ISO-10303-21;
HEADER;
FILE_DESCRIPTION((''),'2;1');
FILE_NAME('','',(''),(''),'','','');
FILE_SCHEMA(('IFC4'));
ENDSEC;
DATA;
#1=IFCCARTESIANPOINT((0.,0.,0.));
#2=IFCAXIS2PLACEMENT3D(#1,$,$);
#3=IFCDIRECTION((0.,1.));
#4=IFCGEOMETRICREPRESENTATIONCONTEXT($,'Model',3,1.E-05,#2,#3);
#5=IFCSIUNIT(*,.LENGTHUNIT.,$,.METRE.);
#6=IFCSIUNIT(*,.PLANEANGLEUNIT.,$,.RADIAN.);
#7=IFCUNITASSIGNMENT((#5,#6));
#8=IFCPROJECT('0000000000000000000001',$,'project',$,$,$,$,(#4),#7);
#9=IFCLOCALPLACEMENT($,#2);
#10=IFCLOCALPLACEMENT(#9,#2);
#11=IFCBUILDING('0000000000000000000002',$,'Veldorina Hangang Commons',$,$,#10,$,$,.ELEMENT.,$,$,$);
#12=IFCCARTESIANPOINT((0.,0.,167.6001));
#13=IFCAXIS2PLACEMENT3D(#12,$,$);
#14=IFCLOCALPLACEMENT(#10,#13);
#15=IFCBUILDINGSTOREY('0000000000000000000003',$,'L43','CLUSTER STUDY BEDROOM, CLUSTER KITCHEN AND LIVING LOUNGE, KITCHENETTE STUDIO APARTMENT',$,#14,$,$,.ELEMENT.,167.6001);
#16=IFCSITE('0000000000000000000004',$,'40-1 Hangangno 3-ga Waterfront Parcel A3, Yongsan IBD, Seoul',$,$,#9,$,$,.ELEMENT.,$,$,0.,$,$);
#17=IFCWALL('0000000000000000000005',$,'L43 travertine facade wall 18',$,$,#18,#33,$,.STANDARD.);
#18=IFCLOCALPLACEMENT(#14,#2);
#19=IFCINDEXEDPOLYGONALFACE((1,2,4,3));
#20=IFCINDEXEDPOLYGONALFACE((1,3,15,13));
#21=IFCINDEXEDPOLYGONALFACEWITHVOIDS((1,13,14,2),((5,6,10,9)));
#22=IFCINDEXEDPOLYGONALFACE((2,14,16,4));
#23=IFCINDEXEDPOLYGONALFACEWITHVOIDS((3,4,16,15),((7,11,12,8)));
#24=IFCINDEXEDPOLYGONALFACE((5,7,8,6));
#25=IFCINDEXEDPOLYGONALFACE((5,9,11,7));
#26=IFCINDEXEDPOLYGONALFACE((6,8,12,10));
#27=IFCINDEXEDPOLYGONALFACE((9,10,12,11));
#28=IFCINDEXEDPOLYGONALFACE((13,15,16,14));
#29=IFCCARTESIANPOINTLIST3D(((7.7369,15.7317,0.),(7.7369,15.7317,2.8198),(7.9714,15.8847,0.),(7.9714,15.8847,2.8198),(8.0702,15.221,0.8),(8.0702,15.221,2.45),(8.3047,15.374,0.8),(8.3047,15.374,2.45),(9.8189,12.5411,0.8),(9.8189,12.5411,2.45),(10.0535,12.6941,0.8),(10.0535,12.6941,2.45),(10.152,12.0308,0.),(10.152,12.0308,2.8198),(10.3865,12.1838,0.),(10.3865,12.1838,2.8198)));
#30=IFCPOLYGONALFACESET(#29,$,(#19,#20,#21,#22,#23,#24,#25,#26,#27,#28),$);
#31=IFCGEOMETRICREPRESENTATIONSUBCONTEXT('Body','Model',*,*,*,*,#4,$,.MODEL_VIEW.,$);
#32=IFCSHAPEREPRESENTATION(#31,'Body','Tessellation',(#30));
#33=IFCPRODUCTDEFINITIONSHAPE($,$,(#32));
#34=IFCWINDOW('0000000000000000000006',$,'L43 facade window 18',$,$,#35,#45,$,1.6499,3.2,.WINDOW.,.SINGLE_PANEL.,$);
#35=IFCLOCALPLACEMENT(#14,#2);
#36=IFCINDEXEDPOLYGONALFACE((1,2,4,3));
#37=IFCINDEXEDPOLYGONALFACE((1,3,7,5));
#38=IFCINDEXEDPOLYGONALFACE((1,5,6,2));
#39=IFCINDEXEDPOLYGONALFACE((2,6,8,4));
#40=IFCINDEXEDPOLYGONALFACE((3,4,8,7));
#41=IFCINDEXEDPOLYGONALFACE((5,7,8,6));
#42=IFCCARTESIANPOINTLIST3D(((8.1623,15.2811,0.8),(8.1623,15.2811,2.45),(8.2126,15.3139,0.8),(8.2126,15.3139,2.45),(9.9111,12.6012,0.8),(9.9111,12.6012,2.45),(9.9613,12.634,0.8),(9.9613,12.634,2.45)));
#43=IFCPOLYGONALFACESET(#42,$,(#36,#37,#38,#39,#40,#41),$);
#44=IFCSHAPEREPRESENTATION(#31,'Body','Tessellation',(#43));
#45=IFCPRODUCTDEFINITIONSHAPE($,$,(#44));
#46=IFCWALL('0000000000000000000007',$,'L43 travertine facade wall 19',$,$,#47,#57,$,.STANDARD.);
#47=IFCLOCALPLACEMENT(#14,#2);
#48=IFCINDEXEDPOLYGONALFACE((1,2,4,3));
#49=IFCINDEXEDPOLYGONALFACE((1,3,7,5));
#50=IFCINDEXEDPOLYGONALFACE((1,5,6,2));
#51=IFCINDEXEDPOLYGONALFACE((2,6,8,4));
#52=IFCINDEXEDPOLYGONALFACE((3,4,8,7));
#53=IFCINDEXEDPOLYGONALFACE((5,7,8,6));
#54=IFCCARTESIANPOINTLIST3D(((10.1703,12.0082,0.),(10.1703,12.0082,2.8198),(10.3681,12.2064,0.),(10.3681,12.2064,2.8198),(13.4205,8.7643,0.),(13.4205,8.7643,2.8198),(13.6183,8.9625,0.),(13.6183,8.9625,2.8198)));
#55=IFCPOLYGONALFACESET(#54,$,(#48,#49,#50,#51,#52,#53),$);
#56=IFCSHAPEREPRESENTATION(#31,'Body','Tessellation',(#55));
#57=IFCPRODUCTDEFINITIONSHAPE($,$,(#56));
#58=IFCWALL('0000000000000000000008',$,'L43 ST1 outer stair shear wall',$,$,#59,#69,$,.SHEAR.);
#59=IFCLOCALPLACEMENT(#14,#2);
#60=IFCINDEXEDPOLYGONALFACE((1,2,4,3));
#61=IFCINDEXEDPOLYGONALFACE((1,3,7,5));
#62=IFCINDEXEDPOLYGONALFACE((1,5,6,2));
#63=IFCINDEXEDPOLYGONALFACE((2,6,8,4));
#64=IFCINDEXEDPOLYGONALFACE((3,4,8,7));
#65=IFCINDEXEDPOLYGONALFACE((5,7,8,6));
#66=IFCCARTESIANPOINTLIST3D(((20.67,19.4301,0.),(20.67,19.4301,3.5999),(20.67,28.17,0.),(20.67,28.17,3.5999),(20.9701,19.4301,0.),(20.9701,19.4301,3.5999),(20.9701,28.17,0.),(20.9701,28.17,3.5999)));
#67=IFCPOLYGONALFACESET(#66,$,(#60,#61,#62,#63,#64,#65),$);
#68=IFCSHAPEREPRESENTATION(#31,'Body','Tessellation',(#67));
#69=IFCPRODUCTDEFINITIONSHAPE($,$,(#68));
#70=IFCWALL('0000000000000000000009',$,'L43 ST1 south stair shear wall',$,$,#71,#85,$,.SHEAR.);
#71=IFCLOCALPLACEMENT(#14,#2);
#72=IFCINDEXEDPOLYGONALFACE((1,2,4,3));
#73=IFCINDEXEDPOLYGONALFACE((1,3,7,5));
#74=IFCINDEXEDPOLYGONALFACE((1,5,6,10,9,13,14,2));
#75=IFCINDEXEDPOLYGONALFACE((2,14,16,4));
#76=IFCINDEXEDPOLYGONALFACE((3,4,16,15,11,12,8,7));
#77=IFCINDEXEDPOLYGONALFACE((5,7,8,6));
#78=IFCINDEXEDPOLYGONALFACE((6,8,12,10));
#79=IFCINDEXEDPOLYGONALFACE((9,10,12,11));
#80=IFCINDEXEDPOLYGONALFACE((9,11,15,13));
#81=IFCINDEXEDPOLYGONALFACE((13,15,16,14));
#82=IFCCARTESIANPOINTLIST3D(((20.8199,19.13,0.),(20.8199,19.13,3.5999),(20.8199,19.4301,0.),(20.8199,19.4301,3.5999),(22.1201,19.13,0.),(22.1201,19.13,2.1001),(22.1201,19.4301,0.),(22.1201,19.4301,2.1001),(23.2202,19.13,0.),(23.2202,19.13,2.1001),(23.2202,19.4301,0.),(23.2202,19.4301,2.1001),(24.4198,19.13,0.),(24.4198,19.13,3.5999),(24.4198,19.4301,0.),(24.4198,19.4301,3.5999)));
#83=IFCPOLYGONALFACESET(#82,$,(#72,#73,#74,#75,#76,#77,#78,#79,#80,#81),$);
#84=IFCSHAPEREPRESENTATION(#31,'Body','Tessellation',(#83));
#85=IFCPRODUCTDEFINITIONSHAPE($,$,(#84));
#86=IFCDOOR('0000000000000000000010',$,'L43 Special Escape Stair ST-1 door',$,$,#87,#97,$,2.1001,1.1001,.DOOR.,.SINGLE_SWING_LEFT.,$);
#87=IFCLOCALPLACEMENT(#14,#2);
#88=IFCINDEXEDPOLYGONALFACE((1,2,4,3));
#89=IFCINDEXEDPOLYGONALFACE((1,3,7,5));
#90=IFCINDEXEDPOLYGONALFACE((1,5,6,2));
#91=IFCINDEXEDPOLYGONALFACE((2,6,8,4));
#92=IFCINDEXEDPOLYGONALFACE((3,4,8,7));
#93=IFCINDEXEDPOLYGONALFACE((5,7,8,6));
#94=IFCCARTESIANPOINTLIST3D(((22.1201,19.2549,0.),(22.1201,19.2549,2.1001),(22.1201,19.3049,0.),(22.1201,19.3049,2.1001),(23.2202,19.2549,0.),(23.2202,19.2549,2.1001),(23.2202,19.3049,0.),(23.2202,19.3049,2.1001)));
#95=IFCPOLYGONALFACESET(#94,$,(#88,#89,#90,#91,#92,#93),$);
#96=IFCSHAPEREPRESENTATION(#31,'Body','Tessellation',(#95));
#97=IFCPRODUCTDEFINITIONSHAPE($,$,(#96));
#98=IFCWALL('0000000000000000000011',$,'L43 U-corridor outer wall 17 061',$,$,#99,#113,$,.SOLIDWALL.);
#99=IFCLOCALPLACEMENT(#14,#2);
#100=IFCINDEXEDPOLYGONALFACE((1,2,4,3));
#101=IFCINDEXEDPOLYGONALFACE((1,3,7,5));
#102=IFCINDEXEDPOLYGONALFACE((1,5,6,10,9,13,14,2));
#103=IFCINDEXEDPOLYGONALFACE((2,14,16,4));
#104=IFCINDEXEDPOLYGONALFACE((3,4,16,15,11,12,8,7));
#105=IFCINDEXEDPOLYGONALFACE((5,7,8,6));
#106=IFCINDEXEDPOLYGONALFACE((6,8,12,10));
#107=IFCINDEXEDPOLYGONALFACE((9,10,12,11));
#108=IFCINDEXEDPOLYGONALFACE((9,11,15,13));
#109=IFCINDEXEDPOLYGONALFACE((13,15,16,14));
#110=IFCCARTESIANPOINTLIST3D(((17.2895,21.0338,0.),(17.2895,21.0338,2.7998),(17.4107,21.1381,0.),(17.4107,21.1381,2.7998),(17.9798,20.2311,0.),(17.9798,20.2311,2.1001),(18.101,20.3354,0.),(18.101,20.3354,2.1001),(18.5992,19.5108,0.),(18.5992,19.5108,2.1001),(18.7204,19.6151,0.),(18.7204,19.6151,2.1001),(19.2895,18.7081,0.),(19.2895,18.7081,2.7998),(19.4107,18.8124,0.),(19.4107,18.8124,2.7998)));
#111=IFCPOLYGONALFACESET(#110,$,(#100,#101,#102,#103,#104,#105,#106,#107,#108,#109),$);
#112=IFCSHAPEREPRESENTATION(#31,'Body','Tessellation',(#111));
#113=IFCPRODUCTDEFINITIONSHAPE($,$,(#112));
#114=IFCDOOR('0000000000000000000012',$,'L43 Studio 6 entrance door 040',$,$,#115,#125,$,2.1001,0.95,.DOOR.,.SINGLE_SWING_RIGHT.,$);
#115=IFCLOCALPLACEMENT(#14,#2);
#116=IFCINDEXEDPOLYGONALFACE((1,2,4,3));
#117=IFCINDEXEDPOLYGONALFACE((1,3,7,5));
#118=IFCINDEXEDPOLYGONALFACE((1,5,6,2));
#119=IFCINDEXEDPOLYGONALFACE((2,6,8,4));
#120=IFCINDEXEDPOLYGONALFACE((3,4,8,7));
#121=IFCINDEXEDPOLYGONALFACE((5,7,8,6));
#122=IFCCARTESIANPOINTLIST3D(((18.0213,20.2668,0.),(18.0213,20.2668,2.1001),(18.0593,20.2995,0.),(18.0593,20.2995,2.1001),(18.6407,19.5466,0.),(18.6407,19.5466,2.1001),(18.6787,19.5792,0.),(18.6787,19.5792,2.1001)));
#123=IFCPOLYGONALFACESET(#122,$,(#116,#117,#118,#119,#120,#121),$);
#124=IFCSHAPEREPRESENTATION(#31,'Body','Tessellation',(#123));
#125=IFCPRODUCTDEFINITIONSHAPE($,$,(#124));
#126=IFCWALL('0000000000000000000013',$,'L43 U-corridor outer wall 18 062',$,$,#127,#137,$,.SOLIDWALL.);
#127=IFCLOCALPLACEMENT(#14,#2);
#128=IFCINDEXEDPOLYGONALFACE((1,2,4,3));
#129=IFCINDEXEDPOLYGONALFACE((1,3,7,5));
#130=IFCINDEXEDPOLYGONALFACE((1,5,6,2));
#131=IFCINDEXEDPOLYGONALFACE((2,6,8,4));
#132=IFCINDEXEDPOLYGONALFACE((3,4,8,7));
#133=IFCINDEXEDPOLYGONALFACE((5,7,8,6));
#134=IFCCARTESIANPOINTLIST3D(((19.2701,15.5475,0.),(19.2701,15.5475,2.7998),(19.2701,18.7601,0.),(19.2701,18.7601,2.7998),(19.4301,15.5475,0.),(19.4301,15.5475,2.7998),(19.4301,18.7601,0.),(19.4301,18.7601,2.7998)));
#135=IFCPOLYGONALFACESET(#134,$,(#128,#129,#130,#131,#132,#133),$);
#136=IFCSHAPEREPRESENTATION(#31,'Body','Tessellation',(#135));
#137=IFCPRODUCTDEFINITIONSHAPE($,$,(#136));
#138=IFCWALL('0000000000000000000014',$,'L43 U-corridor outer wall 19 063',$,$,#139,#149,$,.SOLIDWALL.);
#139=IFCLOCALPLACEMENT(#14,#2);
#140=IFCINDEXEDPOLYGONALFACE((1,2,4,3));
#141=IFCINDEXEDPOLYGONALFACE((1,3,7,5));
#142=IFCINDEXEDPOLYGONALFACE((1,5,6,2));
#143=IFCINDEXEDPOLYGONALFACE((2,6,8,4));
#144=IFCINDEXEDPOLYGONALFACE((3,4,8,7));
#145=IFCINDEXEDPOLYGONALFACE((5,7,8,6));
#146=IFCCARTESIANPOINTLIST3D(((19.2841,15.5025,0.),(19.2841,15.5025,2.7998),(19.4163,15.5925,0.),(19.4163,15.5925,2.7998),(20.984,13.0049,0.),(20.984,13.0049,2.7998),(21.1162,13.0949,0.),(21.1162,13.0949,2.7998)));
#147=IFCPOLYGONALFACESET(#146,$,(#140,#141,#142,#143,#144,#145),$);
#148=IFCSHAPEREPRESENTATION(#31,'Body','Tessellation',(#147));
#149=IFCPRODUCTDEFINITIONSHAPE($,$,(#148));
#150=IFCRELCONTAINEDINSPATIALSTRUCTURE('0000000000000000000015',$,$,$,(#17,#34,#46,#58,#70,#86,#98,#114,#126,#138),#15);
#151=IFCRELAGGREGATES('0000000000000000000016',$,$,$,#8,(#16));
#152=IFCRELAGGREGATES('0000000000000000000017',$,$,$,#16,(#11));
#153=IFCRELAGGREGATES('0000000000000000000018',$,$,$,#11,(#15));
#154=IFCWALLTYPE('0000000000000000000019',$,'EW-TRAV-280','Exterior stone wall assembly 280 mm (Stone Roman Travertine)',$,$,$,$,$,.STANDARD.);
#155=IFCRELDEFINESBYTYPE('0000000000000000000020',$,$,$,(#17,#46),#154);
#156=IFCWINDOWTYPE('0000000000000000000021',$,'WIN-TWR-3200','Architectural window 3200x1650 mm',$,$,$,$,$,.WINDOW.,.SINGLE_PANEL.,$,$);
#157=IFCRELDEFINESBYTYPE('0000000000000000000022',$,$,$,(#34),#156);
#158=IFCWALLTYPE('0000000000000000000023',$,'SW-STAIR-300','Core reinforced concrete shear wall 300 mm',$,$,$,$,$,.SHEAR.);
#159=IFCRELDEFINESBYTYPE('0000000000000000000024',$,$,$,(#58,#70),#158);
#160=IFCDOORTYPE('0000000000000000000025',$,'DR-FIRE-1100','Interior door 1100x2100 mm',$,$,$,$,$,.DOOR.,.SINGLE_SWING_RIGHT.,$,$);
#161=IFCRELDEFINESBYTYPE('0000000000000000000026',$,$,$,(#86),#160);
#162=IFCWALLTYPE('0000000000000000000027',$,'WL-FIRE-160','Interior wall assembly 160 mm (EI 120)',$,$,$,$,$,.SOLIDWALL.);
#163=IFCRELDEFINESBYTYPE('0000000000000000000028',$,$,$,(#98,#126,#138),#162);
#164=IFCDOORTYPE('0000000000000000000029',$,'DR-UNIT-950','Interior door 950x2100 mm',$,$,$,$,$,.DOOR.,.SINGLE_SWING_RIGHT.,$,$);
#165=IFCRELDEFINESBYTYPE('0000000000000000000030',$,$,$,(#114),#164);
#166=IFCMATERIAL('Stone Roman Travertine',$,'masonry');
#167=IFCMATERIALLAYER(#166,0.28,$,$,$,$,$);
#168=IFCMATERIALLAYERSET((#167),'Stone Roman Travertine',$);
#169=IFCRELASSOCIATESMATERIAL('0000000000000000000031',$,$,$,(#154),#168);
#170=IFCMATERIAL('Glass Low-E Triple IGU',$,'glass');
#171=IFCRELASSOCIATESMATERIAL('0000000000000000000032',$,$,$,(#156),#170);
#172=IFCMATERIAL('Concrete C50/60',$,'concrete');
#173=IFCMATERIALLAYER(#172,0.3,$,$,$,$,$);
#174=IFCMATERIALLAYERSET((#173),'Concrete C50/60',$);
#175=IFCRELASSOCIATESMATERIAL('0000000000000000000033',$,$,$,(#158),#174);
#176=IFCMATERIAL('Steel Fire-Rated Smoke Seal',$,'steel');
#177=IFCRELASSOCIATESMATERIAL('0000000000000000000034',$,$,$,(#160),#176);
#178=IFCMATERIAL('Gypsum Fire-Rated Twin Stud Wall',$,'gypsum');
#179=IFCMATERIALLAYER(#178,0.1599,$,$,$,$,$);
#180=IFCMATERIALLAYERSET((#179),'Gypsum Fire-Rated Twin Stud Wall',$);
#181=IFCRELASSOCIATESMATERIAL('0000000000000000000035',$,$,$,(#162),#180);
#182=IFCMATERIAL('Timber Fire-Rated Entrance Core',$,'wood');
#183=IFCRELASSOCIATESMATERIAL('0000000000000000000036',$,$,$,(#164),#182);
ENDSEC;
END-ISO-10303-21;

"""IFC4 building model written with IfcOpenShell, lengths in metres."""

from ifc_helpers import new_model, si_unit, direction, frame, frame_2d, origin, place, context, subcontext, project, spatial, rectangle, extrude, material, layer, layer_set, type_object, element, fill, save


model = new_model("IFC4")

# Units and contexts
model_context = context("Model", 3, precision=1e-05, world=origin(), true_north=direction((0.0, 1.0)))
body_context = subcontext(model_context, "Body", "Model", "MODEL_VIEW")
ifc_project = project(units=[si_unit("LENGTHUNIT", "METRE"), si_unit("PLANEANGLEUNIT", "RADIAN")], contexts=[model_context])

# Site, building, storey
site_placement = place(None, origin())
site = spatial("IfcSite", under=ifc_project, at=site_placement, Name="40-1 Hangangno 3-ga Waterfront Parcel A3, Yongsan IBD, Seoul", CompositionType="ELEMENT", RefElevation=0.0)
building_placement = place(site_placement, origin())
building = spatial("IfcBuilding", under=site, at=building_placement, Name="Veldorina Hangang Commons", CompositionType="ELEMENT")
storey_placement = place(building_placement, frame((0.0, 0.0, 167.6001)))
storey = spatial("IfcBuildingStorey", under=building, at=storey_placement, Name="L43", Description="CLUSTER STUDY BEDROOM, CLUSTER KITCHEN AND LIVING LOUNGE, KITCHENETTE STUDIO APARTMENT", CompositionType="ELEMENT", Elevation=167.6001)

# Shared definitions
ifc_material_1 = material(Name="Stone Roman Travertine", Category="masonry")
ifc_layer_1 = layer(ifc_material_1, 0.28)
ifc_layer_set_1 = layer_set([ifc_layer_1], Name="Stone Roman Travertine")
wall_type_1 = type_object("IfcWallType", Name="EW-TRAV-280", Description="Exterior stone wall assembly 280 mm (Stone Roman Travertine)", PredefinedType="STANDARD", material=ifc_layer_set_1)

# Wall, opening, window
wall_1_placement = place(storey_placement, frame((7.8542, 15.8081, 0.0), z_axis=(0.0, 0.0, 1.0), x_axis=(0.546489, -0.837467, 0.0)))
wall_1 = element("IfcWall", 1, at=wall_1_placement, inside=storey, type_object=wall_type_1, Name="L43 travertine facade wall 18", PredefinedType="STANDARD", context=body_context, shape_type="SweptSolid", body=[
    extrude(rectangle(XDim=4.4192, YDim=0.28, at=frame_2d((2.2095, 0.0))), origin(), (0.0, 0.0, 1.0), 2.8198),
])
opening_1_placement = place(wall_1_placement, frame((0.6096, 0.0, 0.8)))
opening_1 = element("IfcOpeningElement", 2, at=opening_1_placement, cuts=wall_1, PredefinedType="OPENING", context=body_context, shape_type="SweptSolid", body=[
    extrude(rectangle(XDim=3.2, YDim=1.6499, at=frame_2d((1.6001, 0.825))), frame((0.0, 0.1499, 0.0), z_axis=(0.0, -1.0, 0.0), x_axis=(1.0, 0.0, 0.0)), (0.0, 0.0, 1.0), 0.3),
])
ifc_material_2 = material(Name="Glass Low-E Triple IGU", Category="glass")
window_type = type_object("IfcWindowType", Name="WIN-TWR-3200", Description="Architectural window 3200x1650 mm", PartitioningType="SINGLE_PANEL", PredefinedType="WINDOW", material=ifc_material_2)
window_placement = place(opening_1_placement, origin())
window = element("IfcWindow", 3, at=window_placement, inside=storey, type_object=window_type, Name="L43 facade window 18", OverallHeight=1.6499, OverallWidth=3.2, PartitioningType="SINGLE_PANEL", PredefinedType="WINDOW", context=body_context, shape_type="SweptSolid", body=[
    extrude(rectangle(XDim=3.2, YDim=1.6499, at=frame_2d((1.6001, 0.825))), frame((0.0, 0.03, 0.0), z_axis=(0.0, -1.0, 0.0), x_axis=(1.0, 0.0, 0.0)), (0.0, 0.0, 1.0), 0.0601),
])
fill(opening_1, window)

# Walls
wall_2_placement = place(storey_placement, frame((10.2693, 12.1072, 0.0), z_axis=(0.0, 0.0, 1.0), x_axis=(0.707798, -0.706415, 0.0)))
element("IfcWall", 4, at=wall_2_placement, inside=storey, type_object=wall_type_1, Name="L43 travertine facade wall 19", PredefinedType="STANDARD", context=body_context, shape_type="SweptSolid", body=[
    extrude(rectangle(XDim=4.592, YDim=0.28, at=frame_2d((2.2959, 0.0))), origin(), (0.0, 0.0, 1.0), 2.8198),
])
ifc_material_3 = material(Name="Concrete C50/60", Category="concrete")
ifc_layer_2 = layer(ifc_material_3, 0.3)
ifc_layer_set_2 = layer_set([ifc_layer_2], Name="Concrete C50/60")
wall_type_2 = type_object("IfcWallType", Name="SW-STAIR-300", Description="Core reinforced concrete shear wall 300 mm", PredefinedType="SHEAR", material=ifc_layer_set_2)
wall_3_placement = place(storey_placement, frame((20.8201, 19.4299, 0.0), z_axis=(0.0, 0.0, 1.0), x_axis=(0.0, 1.0, 0.0)))
element("IfcWall", 5, at=wall_3_placement, inside=storey, type_object=wall_type_2, Name="L43 ST1 outer stair shear wall", PredefinedType="SHEAR", context=body_context, shape_type="SweptSolid", body=[
    extrude(rectangle(XDim=8.74, YDim=0.3, at=frame_2d((4.3701, 0.0))), origin(), (0.0, 0.0, 1.0), 3.5999),
])

# Walls, openings, doors
wall_4_placement = place(storey_placement, frame((20.8201, 19.28, 0.0), z_axis=(0.0, 0.0, 1.0), x_axis=(1.0, 0.0, 0.0)))
wall_4 = element("IfcWall", 6, at=wall_4_placement, inside=storey, type_object=wall_type_2, Name="L43 ST1 south stair shear wall", PredefinedType="SHEAR", context=body_context, shape_type="SweptSolid", body=[
    extrude(rectangle(XDim=3.5999, YDim=0.3, at=frame_2d((1.7998, 0.0))), origin(), (0.0, 0.0, 1.0), 3.5999),
])
opening_2_placement = place(wall_4_placement, frame((1.3, 0.0, 0.0)))
opening_2 = element("IfcOpeningElement", 7, at=opening_2_placement, cuts=wall_4, PredefinedType="OPENING", context=body_context, shape_type="SweptSolid", body=[
    extrude(rectangle(XDim=1.1001, YDim=2.1001, at=frame_2d((0.55, 1.05))), frame((0.0, 0.1602, 0.0), z_axis=(0.0, -1.0, 0.0), x_axis=(1.0, 0.0, 0.0)), (0.0, 0.0, 1.0), 0.3201),
])
ifc_material_4 = material(Name="Steel Fire-Rated Smoke Seal", Category="steel")
door_type_1 = type_object("IfcDoorType", Name="DR-FIRE-1100", Description="Interior door 1100x2100 mm", OperationType="SINGLE_SWING_RIGHT", PredefinedType="DOOR", material=ifc_material_4)
door_1_placement = place(opening_2_placement, origin())
door_1 = element("IfcDoor", 8, at=door_1_placement, inside=storey, type_object=door_type_1, Name="L43 Special Escape Stair ST-1 door", OperationType="SINGLE_SWING_LEFT", OverallHeight=2.1001, OverallWidth=1.1001, PredefinedType="DOOR", context=body_context, shape_type="SweptSolid", body=[
    extrude(rectangle(XDim=1.1001, YDim=2.1001, at=frame_2d((0.55, 1.05))), frame((0.0, 0.0249, 0.0), z_axis=(0.0, -1.0, 0.0), x_axis=(1.0, 0.0, 0.0)), (0.0, 0.0, 1.0), 0.05),
])
fill(opening_2, door_1)
ifc_material_5 = material(Name="Gypsum Fire-Rated Twin Stud Wall", Category="gypsum")
ifc_layer_3 = layer(ifc_material_5, 0.1599)
ifc_layer_set_3 = layer_set([ifc_layer_3], Name="Gypsum Fire-Rated Twin Stud Wall")
wall_type_3 = type_object("IfcWallType", Name="WL-FIRE-160", Description="Interior wall assembly 160 mm (EI 120)", PredefinedType="SOLIDWALL", material=ifc_layer_set_3)
wall_5_placement = place(storey_placement, frame((17.3501, 21.0859, 0.0), z_axis=(0.0, 0.0, 1.0), x_axis=(0.652023, -0.758199, 0.0)))
wall_5 = element("IfcWall", 9, at=wall_5_placement, inside=storey, type_object=wall_type_3, Name="L43 U-corridor outer wall 17 061", PredefinedType="SOLIDWALL", context=body_context, shape_type="SweptSolid", body=[
    extrude(rectangle(XDim=3.0674, YDim=0.1599, at=frame_2d((1.5337, 0.0))), origin(), (0.0, 0.0, 1.0), 2.7998),
])
opening_3_placement = place(wall_5_placement, frame((1.0586, 0.0, 0.0)))
opening_3 = element("IfcOpeningElement", 10, at=opening_3_placement, cuts=wall_5, PredefinedType="OPENING", context=body_context, shape_type="SweptSolid", body=[
    extrude(rectangle(XDim=0.95, YDim=2.1001, at=frame_2d((0.4751, 1.05))), frame((0.0, 0.0898, 0.0), z_axis=(0.0, -1.0, 0.0), x_axis=(1.0, 0.0, 0.0)), (0.0, 0.0, 1.0), 0.1799),
])
ifc_material_6 = material(Name="Timber Fire-Rated Entrance Core", Category="wood")
door_type_2 = type_object("IfcDoorType", Name="DR-UNIT-950", Description="Interior door 950x2100 mm", OperationType="SINGLE_SWING_RIGHT", PredefinedType="DOOR", material=ifc_material_6)
door_2_placement = place(opening_3_placement, origin())
door_2 = element("IfcDoor", 11, at=door_2_placement, inside=storey, type_object=door_type_2, Name="L43 Studio 6 entrance door 040", OperationType="SINGLE_SWING_RIGHT", OverallHeight=2.1001, OverallWidth=0.95, PredefinedType="DOOR", context=body_context, shape_type="SweptSolid", body=[
    extrude(rectangle(XDim=0.95, YDim=2.1001, at=frame_2d((0.4751, 1.05))), frame((0.0, 0.0249, 0.0), z_axis=(0.0, -1.0, 0.0), x_axis=(1.0, 0.0, 0.0)), (0.0, 0.0, 1.0), 0.05),
])
fill(opening_3, door_2)

# Walls
wall_6_placement = place(storey_placement, frame((19.3501, 18.7603, 0.0), z_axis=(0.0, 0.0, 1.0), x_axis=(0.0, -1.0, 0.0)))
element("IfcWall", 12, at=wall_6_placement, inside=storey, type_object=wall_type_3, Name="L43 U-corridor outer wall 18 062", PredefinedType="SOLIDWALL", context=body_context, shape_type="SweptSolid", body=[
    extrude(rectangle(XDim=3.2126, YDim=0.1599, at=frame_2d((1.6064, 0.0))), origin(), (0.0, 0.0, 1.0), 2.7998),
])
wall_7_placement = place(storey_placement, frame((19.3501, 15.5476, 0.0), z_axis=(0.0, 0.0, 1.0), x_axis=(0.562675, -0.826678, 0.0)))
element("IfcWall", 13, at=wall_7_placement, inside=storey, type_object=wall_type_3, Name="L43 U-corridor outer wall 19 063", PredefinedType="SOLIDWALL", context=body_context, shape_type="SweptSolid", body=[
    extrude(rectangle(XDim=3.0212, YDim=0.1599, at=frame_2d((1.5107, 0.0))), origin(), (0.0, 0.0, 1.0), 2.7998),
])

save(model, "model.ifc")
